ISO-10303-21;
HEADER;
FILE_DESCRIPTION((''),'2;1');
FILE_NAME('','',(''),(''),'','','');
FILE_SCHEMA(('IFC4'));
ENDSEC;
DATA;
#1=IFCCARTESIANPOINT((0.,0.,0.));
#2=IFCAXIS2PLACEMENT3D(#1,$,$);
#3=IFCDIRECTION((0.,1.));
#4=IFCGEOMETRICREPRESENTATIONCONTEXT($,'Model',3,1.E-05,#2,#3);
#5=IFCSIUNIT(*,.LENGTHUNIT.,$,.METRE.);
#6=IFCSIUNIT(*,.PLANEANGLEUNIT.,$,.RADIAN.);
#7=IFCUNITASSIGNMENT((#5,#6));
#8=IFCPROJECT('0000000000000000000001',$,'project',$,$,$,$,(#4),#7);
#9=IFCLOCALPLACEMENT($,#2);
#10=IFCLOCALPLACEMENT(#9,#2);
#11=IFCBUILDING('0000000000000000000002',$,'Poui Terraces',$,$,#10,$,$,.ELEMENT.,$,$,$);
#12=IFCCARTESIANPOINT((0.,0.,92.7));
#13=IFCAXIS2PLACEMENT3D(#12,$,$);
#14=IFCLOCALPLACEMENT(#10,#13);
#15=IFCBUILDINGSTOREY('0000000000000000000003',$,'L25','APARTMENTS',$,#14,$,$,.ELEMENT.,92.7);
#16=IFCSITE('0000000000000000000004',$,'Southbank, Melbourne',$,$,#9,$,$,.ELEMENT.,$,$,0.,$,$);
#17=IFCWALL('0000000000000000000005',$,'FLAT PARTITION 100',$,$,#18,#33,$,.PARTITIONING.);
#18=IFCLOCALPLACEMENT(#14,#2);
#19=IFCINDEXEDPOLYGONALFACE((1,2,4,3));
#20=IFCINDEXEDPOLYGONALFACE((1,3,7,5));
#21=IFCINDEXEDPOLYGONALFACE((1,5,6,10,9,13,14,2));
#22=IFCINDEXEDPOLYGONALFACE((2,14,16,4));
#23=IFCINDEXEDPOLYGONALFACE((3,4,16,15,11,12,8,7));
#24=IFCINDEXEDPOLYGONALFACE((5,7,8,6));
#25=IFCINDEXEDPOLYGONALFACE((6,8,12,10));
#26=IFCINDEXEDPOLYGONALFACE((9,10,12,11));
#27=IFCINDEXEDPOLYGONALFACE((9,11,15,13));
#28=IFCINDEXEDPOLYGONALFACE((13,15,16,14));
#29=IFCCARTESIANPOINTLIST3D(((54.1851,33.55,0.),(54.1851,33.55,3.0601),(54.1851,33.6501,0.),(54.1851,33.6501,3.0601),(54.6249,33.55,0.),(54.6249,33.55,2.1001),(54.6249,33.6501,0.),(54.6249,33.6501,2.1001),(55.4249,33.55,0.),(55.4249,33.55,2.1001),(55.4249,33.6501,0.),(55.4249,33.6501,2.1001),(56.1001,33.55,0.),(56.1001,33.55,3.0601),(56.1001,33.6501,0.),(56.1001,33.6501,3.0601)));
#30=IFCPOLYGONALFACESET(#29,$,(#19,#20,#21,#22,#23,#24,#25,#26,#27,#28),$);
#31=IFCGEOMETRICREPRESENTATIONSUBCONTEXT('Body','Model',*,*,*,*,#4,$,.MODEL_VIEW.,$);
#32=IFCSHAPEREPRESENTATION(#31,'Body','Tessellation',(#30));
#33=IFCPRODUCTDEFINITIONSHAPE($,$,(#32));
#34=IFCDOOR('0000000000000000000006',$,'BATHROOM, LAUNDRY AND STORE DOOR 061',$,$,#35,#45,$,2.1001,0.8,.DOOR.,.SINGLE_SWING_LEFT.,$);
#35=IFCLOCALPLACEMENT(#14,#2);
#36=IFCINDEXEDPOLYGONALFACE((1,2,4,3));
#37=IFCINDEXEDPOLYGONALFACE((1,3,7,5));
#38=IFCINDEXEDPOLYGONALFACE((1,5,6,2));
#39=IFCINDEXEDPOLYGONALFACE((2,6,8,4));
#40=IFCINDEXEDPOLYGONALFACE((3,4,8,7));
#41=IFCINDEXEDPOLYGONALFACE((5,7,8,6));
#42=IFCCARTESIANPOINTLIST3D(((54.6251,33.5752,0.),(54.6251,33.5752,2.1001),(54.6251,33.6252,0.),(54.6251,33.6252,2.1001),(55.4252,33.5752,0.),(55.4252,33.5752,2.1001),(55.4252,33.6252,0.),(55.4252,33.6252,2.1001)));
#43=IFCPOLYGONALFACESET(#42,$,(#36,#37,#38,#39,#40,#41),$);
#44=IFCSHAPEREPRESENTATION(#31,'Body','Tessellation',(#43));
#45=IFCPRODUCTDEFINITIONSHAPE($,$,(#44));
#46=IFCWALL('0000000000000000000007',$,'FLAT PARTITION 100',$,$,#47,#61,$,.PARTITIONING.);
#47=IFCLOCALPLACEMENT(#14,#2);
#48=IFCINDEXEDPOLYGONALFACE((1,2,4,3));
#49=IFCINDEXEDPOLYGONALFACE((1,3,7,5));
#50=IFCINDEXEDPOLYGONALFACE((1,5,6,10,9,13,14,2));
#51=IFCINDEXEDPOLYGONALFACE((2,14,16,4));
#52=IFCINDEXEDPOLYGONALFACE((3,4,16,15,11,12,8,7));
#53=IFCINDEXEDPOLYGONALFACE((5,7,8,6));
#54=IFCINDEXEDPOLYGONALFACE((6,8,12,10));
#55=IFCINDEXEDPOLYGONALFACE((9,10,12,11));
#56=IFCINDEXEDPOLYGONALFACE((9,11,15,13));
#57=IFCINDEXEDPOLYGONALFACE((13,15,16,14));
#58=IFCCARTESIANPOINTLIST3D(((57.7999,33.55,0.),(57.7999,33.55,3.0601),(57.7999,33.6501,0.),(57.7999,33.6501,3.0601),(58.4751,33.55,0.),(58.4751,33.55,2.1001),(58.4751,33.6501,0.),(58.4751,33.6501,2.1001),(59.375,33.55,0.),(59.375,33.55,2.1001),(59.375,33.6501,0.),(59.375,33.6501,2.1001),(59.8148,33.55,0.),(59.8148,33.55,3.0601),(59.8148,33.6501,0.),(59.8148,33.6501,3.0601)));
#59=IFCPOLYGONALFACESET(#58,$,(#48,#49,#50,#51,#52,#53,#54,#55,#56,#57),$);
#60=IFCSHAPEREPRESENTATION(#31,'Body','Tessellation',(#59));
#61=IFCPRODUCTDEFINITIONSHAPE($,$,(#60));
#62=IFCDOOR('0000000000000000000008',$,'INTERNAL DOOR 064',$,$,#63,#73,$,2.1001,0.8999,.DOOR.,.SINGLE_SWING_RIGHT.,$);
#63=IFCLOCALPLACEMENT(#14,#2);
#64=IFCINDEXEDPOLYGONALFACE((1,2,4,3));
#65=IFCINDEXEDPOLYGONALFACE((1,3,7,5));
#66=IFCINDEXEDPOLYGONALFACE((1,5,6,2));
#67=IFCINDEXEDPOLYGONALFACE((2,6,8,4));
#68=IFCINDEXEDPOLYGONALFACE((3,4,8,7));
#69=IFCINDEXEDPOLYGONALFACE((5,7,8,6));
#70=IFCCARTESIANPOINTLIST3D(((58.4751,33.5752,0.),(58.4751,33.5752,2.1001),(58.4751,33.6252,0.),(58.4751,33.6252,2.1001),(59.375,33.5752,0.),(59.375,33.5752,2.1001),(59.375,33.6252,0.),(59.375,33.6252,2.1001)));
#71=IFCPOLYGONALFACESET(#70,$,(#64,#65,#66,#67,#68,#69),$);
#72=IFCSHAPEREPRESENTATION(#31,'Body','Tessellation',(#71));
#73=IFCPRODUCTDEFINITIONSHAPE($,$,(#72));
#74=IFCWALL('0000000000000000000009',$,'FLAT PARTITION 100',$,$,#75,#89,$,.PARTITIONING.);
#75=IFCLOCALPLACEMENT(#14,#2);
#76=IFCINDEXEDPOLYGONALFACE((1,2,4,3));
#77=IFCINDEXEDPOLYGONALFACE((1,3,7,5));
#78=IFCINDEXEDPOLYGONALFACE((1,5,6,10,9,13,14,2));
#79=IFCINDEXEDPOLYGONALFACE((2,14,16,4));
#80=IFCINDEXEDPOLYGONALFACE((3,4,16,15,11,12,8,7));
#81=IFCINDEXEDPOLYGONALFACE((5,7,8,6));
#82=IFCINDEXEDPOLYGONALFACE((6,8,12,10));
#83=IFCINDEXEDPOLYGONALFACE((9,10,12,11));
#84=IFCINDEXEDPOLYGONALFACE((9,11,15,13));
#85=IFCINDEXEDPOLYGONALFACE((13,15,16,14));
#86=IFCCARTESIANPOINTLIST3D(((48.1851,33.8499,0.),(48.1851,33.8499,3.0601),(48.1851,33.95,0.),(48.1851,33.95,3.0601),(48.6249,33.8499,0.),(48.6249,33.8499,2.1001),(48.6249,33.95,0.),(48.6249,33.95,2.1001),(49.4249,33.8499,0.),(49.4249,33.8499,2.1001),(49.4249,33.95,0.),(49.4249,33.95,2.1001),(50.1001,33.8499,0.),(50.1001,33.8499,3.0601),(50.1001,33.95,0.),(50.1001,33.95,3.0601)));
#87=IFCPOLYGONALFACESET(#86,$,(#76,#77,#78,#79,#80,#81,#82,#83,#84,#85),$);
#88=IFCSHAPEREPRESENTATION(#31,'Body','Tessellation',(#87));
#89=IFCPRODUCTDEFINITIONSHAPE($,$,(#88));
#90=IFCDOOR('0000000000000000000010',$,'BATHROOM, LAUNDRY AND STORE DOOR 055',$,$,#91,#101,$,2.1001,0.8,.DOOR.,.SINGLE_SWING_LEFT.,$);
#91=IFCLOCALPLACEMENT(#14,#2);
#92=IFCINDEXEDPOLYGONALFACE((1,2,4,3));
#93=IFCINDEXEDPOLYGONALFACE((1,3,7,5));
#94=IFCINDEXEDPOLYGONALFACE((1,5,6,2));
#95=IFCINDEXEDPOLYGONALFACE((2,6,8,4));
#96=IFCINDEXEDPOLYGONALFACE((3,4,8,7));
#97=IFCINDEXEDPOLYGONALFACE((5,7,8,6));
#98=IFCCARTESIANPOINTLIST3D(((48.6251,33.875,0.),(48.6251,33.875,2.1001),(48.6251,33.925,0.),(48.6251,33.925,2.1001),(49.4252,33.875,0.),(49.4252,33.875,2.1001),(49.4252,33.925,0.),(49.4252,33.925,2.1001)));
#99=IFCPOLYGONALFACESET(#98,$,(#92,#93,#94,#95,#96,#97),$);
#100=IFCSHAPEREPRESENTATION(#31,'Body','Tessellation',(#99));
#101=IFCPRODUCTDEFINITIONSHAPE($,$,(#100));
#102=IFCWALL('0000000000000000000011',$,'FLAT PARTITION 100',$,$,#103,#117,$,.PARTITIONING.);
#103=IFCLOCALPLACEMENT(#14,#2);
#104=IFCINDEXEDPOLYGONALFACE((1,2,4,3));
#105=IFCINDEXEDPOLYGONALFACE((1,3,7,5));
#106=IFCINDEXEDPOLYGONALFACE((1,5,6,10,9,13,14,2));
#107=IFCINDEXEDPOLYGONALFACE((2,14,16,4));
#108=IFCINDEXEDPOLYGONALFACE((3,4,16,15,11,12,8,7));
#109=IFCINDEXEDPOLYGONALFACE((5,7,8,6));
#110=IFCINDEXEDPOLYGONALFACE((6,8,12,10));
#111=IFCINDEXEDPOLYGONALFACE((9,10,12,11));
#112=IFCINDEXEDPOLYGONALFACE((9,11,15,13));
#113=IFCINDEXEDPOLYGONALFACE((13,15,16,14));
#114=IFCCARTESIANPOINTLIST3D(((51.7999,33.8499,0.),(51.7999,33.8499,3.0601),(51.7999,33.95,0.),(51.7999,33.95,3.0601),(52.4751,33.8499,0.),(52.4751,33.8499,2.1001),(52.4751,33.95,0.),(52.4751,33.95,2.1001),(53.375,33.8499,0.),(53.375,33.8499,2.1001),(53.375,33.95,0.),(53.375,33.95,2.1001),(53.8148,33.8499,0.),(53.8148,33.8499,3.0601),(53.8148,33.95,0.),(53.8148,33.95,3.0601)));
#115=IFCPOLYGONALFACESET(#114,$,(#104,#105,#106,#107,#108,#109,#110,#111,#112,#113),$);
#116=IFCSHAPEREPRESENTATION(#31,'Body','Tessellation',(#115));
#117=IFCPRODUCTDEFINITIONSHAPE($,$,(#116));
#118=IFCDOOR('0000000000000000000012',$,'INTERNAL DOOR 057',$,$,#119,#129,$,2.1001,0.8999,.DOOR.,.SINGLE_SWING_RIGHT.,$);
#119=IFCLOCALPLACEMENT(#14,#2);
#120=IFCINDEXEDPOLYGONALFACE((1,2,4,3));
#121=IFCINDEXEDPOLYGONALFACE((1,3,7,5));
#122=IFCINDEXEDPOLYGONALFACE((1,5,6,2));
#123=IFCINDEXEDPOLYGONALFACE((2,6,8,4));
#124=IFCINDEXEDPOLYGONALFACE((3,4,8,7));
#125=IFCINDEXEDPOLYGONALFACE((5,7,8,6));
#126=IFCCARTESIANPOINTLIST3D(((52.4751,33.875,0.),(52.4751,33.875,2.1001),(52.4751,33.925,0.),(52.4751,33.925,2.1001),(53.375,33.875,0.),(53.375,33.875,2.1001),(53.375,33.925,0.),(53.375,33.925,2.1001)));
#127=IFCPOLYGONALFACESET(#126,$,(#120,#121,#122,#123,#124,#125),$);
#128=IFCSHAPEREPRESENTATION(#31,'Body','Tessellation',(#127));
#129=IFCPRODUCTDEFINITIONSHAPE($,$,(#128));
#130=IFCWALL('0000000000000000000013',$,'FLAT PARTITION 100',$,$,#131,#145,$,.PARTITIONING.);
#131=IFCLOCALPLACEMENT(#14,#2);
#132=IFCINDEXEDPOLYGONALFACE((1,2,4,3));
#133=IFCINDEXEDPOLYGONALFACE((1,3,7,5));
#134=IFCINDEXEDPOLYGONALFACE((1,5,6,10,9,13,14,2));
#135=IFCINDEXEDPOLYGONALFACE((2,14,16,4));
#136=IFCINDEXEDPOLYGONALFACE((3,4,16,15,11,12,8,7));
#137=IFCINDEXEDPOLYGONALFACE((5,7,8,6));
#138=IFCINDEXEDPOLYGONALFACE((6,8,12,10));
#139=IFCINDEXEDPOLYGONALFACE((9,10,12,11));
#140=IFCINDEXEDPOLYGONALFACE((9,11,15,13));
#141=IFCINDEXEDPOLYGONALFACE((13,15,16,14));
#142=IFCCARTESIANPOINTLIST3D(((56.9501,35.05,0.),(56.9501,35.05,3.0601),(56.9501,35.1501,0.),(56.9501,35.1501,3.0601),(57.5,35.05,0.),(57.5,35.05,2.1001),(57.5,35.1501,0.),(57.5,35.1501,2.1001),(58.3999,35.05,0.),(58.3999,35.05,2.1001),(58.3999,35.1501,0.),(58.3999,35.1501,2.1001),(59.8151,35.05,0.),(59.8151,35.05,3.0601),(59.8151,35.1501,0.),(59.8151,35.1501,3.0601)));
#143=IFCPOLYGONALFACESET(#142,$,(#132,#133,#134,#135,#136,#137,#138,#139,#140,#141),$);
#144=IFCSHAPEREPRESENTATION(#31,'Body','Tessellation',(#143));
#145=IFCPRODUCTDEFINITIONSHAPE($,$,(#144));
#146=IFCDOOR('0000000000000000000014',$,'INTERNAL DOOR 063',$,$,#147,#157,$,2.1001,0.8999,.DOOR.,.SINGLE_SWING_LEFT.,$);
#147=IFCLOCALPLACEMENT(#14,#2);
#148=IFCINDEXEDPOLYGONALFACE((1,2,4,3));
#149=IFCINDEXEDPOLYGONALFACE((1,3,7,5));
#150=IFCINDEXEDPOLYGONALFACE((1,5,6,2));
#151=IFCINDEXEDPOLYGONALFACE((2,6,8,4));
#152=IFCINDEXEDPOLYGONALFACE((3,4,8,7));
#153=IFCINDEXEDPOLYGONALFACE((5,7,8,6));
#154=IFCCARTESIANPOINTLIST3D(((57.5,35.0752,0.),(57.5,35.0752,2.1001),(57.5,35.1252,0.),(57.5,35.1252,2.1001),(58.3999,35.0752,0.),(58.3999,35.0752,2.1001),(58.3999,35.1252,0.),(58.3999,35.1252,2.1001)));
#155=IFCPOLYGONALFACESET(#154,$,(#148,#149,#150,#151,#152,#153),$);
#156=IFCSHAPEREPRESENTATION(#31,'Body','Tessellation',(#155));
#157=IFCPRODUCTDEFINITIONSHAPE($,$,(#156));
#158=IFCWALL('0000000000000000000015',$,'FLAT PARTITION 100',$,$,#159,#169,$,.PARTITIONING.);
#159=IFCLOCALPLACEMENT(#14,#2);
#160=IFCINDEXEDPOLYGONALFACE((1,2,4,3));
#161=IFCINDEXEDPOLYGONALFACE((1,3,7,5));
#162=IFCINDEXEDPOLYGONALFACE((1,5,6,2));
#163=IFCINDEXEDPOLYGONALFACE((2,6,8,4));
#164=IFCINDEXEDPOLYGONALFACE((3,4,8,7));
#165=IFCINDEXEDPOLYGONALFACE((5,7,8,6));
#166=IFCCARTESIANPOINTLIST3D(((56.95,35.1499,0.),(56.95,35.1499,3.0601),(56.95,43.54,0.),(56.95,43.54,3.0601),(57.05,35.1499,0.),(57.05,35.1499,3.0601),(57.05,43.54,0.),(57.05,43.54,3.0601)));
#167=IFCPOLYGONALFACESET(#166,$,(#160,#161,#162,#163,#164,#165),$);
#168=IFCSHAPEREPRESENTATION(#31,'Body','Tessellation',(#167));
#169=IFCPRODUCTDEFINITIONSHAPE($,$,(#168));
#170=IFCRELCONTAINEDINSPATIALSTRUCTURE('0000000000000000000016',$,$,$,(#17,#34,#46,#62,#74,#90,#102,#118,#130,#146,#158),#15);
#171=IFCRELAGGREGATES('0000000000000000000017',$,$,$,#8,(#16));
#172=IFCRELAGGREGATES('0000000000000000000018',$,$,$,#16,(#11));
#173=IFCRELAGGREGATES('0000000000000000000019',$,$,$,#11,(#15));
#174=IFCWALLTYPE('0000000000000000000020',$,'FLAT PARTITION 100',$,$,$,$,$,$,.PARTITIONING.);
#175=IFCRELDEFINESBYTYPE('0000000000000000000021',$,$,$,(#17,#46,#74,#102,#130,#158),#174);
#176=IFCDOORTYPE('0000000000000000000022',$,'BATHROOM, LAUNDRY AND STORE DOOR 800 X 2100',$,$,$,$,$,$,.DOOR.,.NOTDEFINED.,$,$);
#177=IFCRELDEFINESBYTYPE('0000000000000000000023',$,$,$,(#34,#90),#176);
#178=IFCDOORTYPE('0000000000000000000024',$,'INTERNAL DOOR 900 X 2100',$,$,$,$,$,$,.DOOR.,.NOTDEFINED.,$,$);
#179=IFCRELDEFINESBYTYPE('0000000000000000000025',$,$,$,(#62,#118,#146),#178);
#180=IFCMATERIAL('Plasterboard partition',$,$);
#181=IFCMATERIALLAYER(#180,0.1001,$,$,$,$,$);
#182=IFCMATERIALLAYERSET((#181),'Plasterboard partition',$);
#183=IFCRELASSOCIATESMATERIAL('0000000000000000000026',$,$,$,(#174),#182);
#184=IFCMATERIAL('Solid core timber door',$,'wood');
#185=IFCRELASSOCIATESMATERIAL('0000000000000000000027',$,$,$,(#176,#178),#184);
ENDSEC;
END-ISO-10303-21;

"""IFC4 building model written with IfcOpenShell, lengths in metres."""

from ifc_helpers import new_model, si_unit, direction, frame, frame_2d, origin, place, context, subcontext, project, spatial, rectangle, extrude, material, layer, layer_set, type_object, element, fill, save


model = new_model("IFC4")

# Units and contexts
model_context = context("Model", 3, precision=1e-05, world=origin(), true_north=direction((0.0, 1.0)))
body_context = subcontext(model_context, "Body", "Model", "MODEL_VIEW")
ifc_project = project(units=[si_unit("LENGTHUNIT", "METRE"), si_unit("PLANEANGLEUNIT", "RADIAN")], contexts=[model_context])

# Site, building, storey
site_placement = place(None, origin())
site = spatial("IfcSite", under=ifc_project, at=site_placement, Name="Southbank, Melbourne", CompositionType="ELEMENT", RefElevation=0.0)
building_placement = place(site_placement, origin())
building = spatial("IfcBuilding", under=site, at=building_placement, Name="Poui Terraces", CompositionType="ELEMENT")
storey_placement = place(building_placement, frame((0.0, 0.0, 92.7)))
storey = spatial("IfcBuildingStorey", under=building, at=storey_placement, Name="L25", Description="APARTMENTS", CompositionType="ELEMENT", Elevation=92.7)

# Walls, openings, doors
ifc_material_1 = material(Name="Plasterboard partition")
ifc_layer_1 = layer(ifc_material_1, 0.1001)
ifc_layer_set_1 = layer_set([ifc_layer_1], Name="Plasterboard partition")
wall_type_1 = type_object("IfcWallType", Name="FLAT PARTITION 100", PredefinedType="PARTITIONING", material=ifc_layer_set_1)
wall_1_placement = place(storey_placement, frame((54.1851, 33.6001, 0.0), z_axis=(0.0, 0.0, 1.0), x_axis=(1.0, 0.0, 0.0)))
wall_1 = element("IfcWall", 1, at=wall_1_placement, inside=storey, type_object=wall_type_1, Name="FLAT PARTITION 100", PredefinedType="PARTITIONING", context=body_context, shape_type="SweptSolid", body=[
    extrude(rectangle(XDim=1.915, YDim=0.1001, at=frame_2d((0.9575, 0.0))), origin(), (0.0, 0.0, 1.0), 3.0601),
])
opening_1_placement = place(wall_1_placement, frame((0.4399, 0.0, 0.0)))
opening_1 = element("IfcOpeningElement", 2, at=opening_1_placement, cuts=wall_1, PredefinedType="OPENING", context=body_context, shape_type="SweptSolid", body=[
    extrude(rectangle(XDim=0.8, YDim=2.1001, at=frame_2d((0.3999, 1.05))), frame((0.0, 0.0601, 0.0), z_axis=(0.0, -1.0, 0.0), x_axis=(1.0, 0.0, 0.0)), (0.0, 0.0, 1.0), 0.1201),
])
ifc_material_2 = material(Name="Solid core timber door", Category="wood")
door_type_1 = type_object("IfcDoorType", Name="BATHROOM, LAUNDRY AND STORE DOOR 800 X 2100", OperationType="NOTDEFINED", PredefinedType="DOOR", material=ifc_material_2)
door_1_placement = place(opening_1_placement, frame((0.8, 0.0, 0.0), z_axis=(0.0, 0.0, 1.0), x_axis=(-1.0, 0.0, 0.0)))
door_1 = element("IfcDoor", 3, at=door_1_placement, inside=storey, type_object=door_type_1, Name="BATHROOM, LAUNDRY AND STORE DOOR 061", OperationType="SINGLE_SWING_LEFT", OverallHeight=2.1001, OverallWidth=0.8, PredefinedType="DOOR", context=body_context, shape_type="SweptSolid", body=[
    extrude(rectangle(XDim=0.8, YDim=2.1001, at=frame_2d((0.3999, 1.05))), frame((0.0, 0.0249, 0.0), z_axis=(0.0, -1.0, 0.0), x_axis=(1.0, 0.0, 0.0)), (0.0, 0.0, 1.0), 0.05),
])
fill(opening_1, door_1)
wall_2_placement = place(storey_placement, frame((57.8, 33.6001, 0.0), z_axis=(0.0, 0.0, 1.0), x_axis=(1.0, 0.0, 0.0)))
wall_2 = element("IfcWall", 4, at=wall_2_placement, inside=storey, type_object=wall_type_1, Name="FLAT PARTITION 100", PredefinedType="PARTITIONING", context=body_context, shape_type="SweptSolid", body=[
    extrude(rectangle(XDim=2.0149, YDim=0.1001, at=frame_2d((1.0073, 0.0))), origin(), (0.0, 0.0, 1.0), 3.0601),
])
opening_2_placement = place(wall_2_placement, frame((0.675, 0.0, 0.0)))
opening_2 = element("IfcOpeningElement", 5, at=opening_2_placement, cuts=wall_2, PredefinedType="OPENING", context=body_context, shape_type="SweptSolid", body=[
    extrude(rectangle(XDim=0.8999, YDim=2.1001, at=frame_2d((0.45, 1.05))), frame((0.0, 0.0601, 0.0), z_axis=(0.0, -1.0, 0.0), x_axis=(1.0, 0.0, 0.0)), (0.0, 0.0, 1.0), 0.1201),
])
door_type_2 = type_object("IfcDoorType", Name="INTERNAL DOOR 900 X 2100", OperationType="NOTDEFINED", PredefinedType="DOOR", material=ifc_material_2)
door_2_placement = place(opening_2_placement, frame((0.8999, 0.0, 0.0), z_axis=(0.0, 0.0, 1.0), x_axis=(-1.0, 0.0, 0.0)))
door_2 = element("IfcDoor", 6, at=door_2_placement, inside=storey, type_object=door_type_2, Name="INTERNAL DOOR 064", OperationType="SINGLE_SWING_RIGHT", OverallHeight=2.1001, OverallWidth=0.8999, PredefinedType="DOOR", context=body_context, shape_type="SweptSolid", body=[
    extrude(rectangle(XDim=0.8999, YDim=2.1001, at=frame_2d((0.45, 1.05))), frame((0.0, 0.0249, 0.0), z_axis=(0.0, -1.0, 0.0), x_axis=(1.0, 0.0, 0.0)), (0.0, 0.0, 1.0), 0.05),
])
fill(opening_2, door_2)
wall_3_placement = place(storey_placement, frame((48.1851, 33.8999, 0.0), z_axis=(0.0, 0.0, 1.0), x_axis=(1.0, 0.0, 0.0)))
wall_3 = element("IfcWall", 7, at=wall_3_placement, inside=storey, type_object=wall_type_1, Name="FLAT PARTITION 100", PredefinedType="PARTITIONING", context=body_context, shape_type="SweptSolid", body=[
    extrude(rectangle(XDim=1.915, YDim=0.1001, at=frame_2d((0.9575, 0.0))), origin(), (0.0, 0.0, 1.0), 3.0601),
])
opening_3_placement = place(wall_3_placement, frame((0.4399, 0.0, 0.0)))
opening_3 = element("IfcOpeningElement", 8, at=opening_3_placement, cuts=wall_3, PredefinedType="OPENING", context=body_context, shape_type="SweptSolid", body=[
    extrude(rectangle(XDim=0.8, YDim=2.1001, at=frame_2d((0.3999, 1.05))), frame((0.0, 0.0601, 0.0), z_axis=(0.0, -1.0, 0.0), x_axis=(1.0, 0.0, 0.0)), (0.0, 0.0, 1.0), 0.1201),
])
door_3_placement = place(opening_3_placement, frame((0.8, 0.0, 0.0), z_axis=(0.0, 0.0, 1.0), x_axis=(-1.0, 0.0, 0.0)))
door_3 = element("IfcDoor", 9, at=door_3_placement, inside=storey, type_object=door_type_1, Name="BATHROOM, LAUNDRY AND STORE DOOR 055", OperationType="SINGLE_SWING_LEFT", OverallHeight=2.1001, OverallWidth=0.8, PredefinedType="DOOR", context=body_context, shape_type="SweptSolid", body=[
    extrude(rectangle(XDim=0.8, YDim=2.1001, at=frame_2d((0.3999, 1.05))), frame((0.0, 0.0249, 0.0), z_axis=(0.0, -1.0, 0.0), x_axis=(1.0, 0.0, 0.0)), (0.0, 0.0, 1.0), 0.05),
])
fill(opening_3, door_3)
wall_4_placement = place(storey_placement, frame((51.8, 33.8999, 0.0), z_axis=(0.0, 0.0, 1.0), x_axis=(1.0, 0.0, 0.0)))
wall_4 = element("IfcWall", 10, at=wall_4_placement, inside=storey, type_object=wall_type_1, Name="FLAT PARTITION 100", PredefinedType="PARTITIONING", context=body_context, shape_type="SweptSolid", body=[
    extrude(rectangle(XDim=2.0149, YDim=0.1001, at=frame_2d((1.0073, 0.0))), origin(), (0.0, 0.0, 1.0), 3.0601),
])
opening_4_placement = place(wall_4_placement, frame((0.675, 0.0, 0.0)))
opening_4 = element("IfcOpeningElement", 11, at=opening_4_placement, cuts=wall_4, PredefinedType="OPENING", context=body_context, shape_type="SweptSolid", body=[
    extrude(rectangle(XDim=0.8999, YDim=2.1001, at=frame_2d((0.45, 1.05))), frame((0.0, 0.0601, 0.0), z_axis=(0.0, -1.0, 0.0), x_axis=(1.0, 0.0, 0.0)), (0.0, 0.0, 1.0), 0.1201),
])
door_4_placement = place(opening_4_placement, frame((0.8999, 0.0, 0.0), z_axis=(0.0, 0.0, 1.0), x_axis=(-1.0, 0.0, 0.0)))
door_4 = element("IfcDoor", 12, at=door_4_placement, inside=storey, type_object=door_type_2, Name="INTERNAL DOOR 057", OperationType="SINGLE_SWING_RIGHT", OverallHeight=2.1001, OverallWidth=0.8999, PredefinedType="DOOR", context=body_context, shape_type="SweptSolid", body=[
    extrude(rectangle(XDim=0.8999, YDim=2.1001, at=frame_2d((0.45, 1.05))), frame((0.0, 0.0249, 0.0), z_axis=(0.0, -1.0, 0.0), x_axis=(1.0, 0.0, 0.0)), (0.0, 0.0, 1.0), 0.05),
])
fill(opening_4, door_4)
wall_5_placement = place(storey_placement, frame((56.95, 35.1001, 0.0), z_axis=(0.0, 0.0, 1.0), x_axis=(1.0, 0.0, 0.0)))
wall_5 = element("IfcWall", 13, at=wall_5_placement, inside=storey, type_object=wall_type_1, Name="FLAT PARTITION 100", PredefinedType="PARTITIONING", context=body_context, shape_type="SweptSolid", body=[
    extrude(rectangle(XDim=2.865, YDim=0.1001, at=frame_2d((1.4326, 0.0))), origin(), (0.0, 0.0, 1.0), 3.0601),
])
opening_5_placement = place(wall_5_placement, frame((0.55, 0.0, 0.0)))
opening_5 = element("IfcOpeningElement", 14, at=opening_5_placement, cuts=wall_5, PredefinedType="OPENING", context=body_context, shape_type="SweptSolid", body=[
    extrude(rectangle(XDim=0.8999, YDim=2.1001, at=frame_2d((0.45, 1.05))), frame((0.0, 0.0601, 0.0), z_axis=(0.0, -1.0, 0.0), x_axis=(1.0, 0.0, 0.0)), (0.0, 0.0, 1.0), 0.1201),
])
door_5_placement = place(opening_5_placement, frame((0.8999, 0.0, 0.0), z_axis=(0.0, 0.0, 1.0), x_axis=(-1.0, 0.0, 0.0)))
door_5 = element("IfcDoor", 15, at=door_5_placement, inside=storey, type_object=door_type_2, Name="INTERNAL DOOR 063", OperationType="SINGLE_SWING_LEFT", OverallHeight=2.1001, OverallWidth=0.8999, PredefinedType="DOOR", context=body_context, shape_type="SweptSolid", body=[
    extrude(rectangle(XDim=0.8999, YDim=2.1001, at=frame_2d((0.45, 1.05))), frame((0.0, 0.0249, 0.0), z_axis=(0.0, -1.0, 0.0), x_axis=(1.0, 0.0, 0.0)), (0.0, 0.0, 1.0), 0.05),
])
fill(opening_5, door_5)

# Wall
wall_6_placement = place(storey_placement, frame((57.0, 35.1499, 0.0), z_axis=(0.0, 0.0, 1.0), x_axis=(0.0, 1.0, 0.0)))
element("IfcWall", 16, at=wall_6_placement, inside=storey, type_object=wall_type_1, Name="FLAT PARTITION 100", PredefinedType="PARTITIONING", context=body_context, shape_type="SweptSolid", body=[
    extrude(rectangle(XDim=8.3901, YDim=0.1001, at=frame_2d((4.1951, 0.0))), origin(), (0.0, 0.0, 1.0), 3.0601),
])

save(model, "model.ifc")
